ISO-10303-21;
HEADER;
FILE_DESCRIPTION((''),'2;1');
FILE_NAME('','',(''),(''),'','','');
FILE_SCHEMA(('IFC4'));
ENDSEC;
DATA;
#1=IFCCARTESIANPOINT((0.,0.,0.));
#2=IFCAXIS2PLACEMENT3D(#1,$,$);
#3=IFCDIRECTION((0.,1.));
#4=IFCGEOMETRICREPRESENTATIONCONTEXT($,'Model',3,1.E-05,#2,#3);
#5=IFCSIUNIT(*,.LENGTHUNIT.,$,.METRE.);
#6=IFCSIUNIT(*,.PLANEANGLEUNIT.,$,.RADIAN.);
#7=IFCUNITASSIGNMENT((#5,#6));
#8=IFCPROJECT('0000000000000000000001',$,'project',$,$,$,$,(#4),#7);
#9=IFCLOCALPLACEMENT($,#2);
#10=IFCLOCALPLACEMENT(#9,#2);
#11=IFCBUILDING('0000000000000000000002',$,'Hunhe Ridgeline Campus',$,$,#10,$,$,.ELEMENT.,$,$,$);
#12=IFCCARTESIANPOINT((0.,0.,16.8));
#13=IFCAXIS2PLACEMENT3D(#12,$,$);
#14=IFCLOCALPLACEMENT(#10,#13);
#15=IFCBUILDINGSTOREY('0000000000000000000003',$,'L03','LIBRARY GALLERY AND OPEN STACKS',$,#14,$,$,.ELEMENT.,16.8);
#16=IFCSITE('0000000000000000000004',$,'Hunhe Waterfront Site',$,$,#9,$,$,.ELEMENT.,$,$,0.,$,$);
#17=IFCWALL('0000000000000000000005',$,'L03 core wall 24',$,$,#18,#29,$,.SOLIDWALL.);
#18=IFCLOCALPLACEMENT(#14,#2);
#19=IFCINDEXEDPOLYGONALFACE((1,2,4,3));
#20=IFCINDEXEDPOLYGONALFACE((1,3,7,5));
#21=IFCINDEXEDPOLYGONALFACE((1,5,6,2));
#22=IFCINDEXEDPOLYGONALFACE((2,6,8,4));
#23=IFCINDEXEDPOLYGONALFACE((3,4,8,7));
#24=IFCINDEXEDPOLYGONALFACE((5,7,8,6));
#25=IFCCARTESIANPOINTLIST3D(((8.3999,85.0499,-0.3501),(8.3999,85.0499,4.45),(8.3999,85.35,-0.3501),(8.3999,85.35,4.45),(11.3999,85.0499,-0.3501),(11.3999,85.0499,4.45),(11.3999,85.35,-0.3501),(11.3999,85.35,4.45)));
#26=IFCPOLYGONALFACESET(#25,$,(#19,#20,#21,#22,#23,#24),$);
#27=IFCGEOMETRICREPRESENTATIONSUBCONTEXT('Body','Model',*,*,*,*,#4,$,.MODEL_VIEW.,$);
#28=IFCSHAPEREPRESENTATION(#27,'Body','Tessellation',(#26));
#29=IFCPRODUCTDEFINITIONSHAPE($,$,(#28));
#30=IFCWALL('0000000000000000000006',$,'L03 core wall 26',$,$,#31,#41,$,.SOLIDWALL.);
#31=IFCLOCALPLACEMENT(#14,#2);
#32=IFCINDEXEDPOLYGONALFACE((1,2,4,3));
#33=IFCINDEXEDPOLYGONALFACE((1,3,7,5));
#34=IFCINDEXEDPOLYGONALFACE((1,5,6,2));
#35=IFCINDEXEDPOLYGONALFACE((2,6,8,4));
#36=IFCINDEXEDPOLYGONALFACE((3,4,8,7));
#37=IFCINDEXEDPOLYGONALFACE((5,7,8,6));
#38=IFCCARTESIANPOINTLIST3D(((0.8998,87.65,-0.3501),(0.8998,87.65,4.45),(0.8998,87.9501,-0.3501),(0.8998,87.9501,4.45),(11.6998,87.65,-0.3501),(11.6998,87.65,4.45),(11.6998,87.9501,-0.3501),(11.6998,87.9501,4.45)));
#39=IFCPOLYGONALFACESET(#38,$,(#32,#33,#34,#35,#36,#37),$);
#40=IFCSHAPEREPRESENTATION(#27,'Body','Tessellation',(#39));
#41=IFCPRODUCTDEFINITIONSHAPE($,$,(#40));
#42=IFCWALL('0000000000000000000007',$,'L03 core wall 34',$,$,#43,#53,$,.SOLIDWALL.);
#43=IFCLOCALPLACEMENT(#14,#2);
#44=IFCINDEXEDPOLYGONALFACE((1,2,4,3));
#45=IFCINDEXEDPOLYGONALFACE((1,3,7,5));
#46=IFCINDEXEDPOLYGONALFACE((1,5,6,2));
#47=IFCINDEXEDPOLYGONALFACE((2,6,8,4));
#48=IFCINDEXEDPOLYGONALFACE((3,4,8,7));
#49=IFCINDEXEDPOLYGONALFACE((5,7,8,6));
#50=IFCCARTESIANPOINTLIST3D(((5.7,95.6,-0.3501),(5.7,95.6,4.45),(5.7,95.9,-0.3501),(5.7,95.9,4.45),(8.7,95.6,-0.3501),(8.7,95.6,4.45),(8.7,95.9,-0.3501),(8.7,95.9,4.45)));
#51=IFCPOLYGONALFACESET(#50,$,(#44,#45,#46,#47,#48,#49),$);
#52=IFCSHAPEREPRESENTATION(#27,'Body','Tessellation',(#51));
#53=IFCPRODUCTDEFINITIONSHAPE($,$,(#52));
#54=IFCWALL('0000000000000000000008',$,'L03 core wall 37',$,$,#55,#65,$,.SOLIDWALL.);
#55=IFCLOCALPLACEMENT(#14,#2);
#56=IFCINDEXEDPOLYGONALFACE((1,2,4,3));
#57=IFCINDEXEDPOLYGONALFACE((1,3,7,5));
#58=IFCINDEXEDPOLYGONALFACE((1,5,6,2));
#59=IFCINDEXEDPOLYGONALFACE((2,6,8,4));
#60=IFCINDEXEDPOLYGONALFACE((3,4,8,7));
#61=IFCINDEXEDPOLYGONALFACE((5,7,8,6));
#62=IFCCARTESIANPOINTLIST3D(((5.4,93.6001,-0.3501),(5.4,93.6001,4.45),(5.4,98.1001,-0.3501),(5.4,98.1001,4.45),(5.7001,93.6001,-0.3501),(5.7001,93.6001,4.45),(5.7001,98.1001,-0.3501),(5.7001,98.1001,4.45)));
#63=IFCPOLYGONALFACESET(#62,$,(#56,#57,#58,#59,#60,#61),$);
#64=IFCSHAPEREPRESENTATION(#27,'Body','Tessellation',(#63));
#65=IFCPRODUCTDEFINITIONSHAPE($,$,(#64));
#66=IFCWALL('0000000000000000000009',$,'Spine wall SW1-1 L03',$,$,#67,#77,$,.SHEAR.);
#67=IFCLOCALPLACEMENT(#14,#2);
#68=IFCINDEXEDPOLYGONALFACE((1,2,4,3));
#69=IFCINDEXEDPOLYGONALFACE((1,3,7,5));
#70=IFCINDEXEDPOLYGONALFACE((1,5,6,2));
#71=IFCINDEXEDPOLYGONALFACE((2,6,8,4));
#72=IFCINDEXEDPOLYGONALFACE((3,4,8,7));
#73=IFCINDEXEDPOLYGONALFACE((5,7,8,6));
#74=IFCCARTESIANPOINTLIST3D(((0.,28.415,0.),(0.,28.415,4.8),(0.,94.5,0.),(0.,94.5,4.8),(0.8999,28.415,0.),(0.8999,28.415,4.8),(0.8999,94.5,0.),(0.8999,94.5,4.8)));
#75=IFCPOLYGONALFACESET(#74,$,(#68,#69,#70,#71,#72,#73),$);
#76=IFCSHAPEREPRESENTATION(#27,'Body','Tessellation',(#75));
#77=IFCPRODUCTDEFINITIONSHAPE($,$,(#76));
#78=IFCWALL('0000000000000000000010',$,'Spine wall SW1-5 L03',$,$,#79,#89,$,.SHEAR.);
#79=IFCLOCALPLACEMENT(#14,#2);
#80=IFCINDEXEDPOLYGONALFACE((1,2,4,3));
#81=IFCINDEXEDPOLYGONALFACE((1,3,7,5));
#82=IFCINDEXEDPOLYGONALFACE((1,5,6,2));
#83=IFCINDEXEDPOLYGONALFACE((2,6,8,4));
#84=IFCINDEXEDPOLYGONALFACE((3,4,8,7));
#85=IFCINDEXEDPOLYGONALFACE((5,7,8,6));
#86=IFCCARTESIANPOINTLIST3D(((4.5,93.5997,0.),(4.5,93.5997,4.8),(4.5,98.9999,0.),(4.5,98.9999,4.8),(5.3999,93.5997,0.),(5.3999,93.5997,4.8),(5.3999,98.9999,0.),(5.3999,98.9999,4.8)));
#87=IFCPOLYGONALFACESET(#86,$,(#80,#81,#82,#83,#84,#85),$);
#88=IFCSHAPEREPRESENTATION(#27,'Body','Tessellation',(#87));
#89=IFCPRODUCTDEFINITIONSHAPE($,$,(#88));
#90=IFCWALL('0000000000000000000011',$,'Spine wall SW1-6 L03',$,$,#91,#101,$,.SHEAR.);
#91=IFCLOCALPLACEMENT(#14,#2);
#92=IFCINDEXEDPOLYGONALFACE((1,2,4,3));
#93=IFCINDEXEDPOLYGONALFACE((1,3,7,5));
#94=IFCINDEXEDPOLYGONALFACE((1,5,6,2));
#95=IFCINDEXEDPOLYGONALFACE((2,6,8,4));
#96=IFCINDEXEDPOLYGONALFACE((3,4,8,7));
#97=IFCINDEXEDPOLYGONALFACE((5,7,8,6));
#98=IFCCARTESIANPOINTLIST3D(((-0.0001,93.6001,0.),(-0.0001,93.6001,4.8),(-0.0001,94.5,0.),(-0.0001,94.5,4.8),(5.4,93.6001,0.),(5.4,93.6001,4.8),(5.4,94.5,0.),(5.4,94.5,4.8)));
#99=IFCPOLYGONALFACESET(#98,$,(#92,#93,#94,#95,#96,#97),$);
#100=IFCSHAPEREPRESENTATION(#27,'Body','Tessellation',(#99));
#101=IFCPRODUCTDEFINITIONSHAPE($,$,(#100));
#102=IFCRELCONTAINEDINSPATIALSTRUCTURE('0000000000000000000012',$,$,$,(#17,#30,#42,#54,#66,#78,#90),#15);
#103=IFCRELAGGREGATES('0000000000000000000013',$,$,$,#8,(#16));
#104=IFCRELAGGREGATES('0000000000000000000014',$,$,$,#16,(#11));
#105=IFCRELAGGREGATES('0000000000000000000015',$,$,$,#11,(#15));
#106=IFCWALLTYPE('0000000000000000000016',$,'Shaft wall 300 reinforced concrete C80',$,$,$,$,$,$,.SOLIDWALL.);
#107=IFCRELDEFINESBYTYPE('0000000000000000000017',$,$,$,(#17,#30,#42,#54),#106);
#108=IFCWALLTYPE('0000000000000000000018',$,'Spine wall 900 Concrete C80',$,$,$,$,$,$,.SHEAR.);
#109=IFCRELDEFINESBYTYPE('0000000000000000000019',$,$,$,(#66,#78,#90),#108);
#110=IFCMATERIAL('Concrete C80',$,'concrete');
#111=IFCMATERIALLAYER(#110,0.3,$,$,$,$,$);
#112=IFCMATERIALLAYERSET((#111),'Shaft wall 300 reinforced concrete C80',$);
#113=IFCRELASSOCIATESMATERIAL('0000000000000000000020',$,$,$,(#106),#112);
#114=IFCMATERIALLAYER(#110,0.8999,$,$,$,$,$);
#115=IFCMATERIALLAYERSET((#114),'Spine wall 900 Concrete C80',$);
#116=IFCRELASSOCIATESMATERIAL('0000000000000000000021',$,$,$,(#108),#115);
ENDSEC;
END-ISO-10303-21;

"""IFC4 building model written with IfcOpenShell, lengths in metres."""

from ifc_helpers import new_model, si_unit, direction, frame, frame_2d, origin, place, context, subcontext, project, spatial, rectangle, extrude, material, layer, layer_set, type_object, element, save


model = new_model("IFC4")

# Units and contexts
model_context = context("Model", 3, precision=1e-05, world=origin(), true_north=direction((0.0, 1.0)))
body_context = subcontext(model_context, "Body", "Model", "MODEL_VIEW")
ifc_project = project(units=[si_unit("LENGTHUNIT", "METRE"), si_unit("PLANEANGLEUNIT", "RADIAN")], contexts=[model_context])

# Site, building, storey
site_placement = place(None, origin())
site = spatial("IfcSite", under=ifc_project, at=site_placement, Name="Hunhe Waterfront Site", CompositionType="ELEMENT", RefElevation=0.0)
building_placement = place(site_placement, origin())
building = spatial("IfcBuilding", under=site, at=building_placement, Name="Hunhe Ridgeline Campus", CompositionType="ELEMENT")
storey_placement = place(building_placement, frame((0.0, 0.0, 16.8)))
storey = spatial("IfcBuildingStorey", under=building, at=storey_placement, Name="L03", Description="LIBRARY GALLERY AND OPEN STACKS", CompositionType="ELEMENT", Elevation=16.8)

# Shared definitions
ifc_material_1 = material(Name="Concrete C80", Category="concrete")

# Walls
ifc_layer_1 = layer(ifc_material_1, 0.3)
ifc_layer_set_1 = layer_set([ifc_layer_1], Name="Shaft wall 300 reinforced concrete C80")
wall_type_1 = type_object("IfcWallType", Name="Shaft wall 300 reinforced concrete C80", PredefinedType="SOLIDWALL", material=ifc_layer_set_1)
wall_1_placement = place(storey_placement, frame((8.3999, 85.2, -0.3501), z_axis=(0.0, 0.0, 1.0), x_axis=(1.0, 0.0, 0.0)))
element("IfcWall", 1, at=wall_1_placement, inside=storey, type_object=wall_type_1, Name="L03 core wall 24", PredefinedType="SOLIDWALL", context=body_context, shape_type="SweptSolid", body=[
    extrude(rectangle(XDim=3.0, YDim=0.3, at=frame_2d((1.5, 0.0))), origin(), (0.0, 0.0, 1.0), 4.8),
])
wall_2_placement = place(storey_placement, frame((0.8999, 87.8, -0.3501), z_axis=(0.0, 0.0, 1.0), x_axis=(1.0, 0.0, 0.0)))
element("IfcWall", 2, at=wall_2_placement, inside=storey, type_object=wall_type_1, Name="L03 core wall 26", PredefinedType="SOLIDWALL", context=body_context, shape_type="SweptSolid", body=[
    extrude(rectangle(XDim=10.8, YDim=0.3, at=frame_2d((5.3999, 0.0))), origin(), (0.0, 0.0, 1.0), 4.8),
])

# Walls
wall_3_placement = place(storey_placement, frame((5.7, 95.75, -0.3501), z_axis=(0.0, 0.0, 1.0), x_axis=(1.0, 0.0, 0.0)))
element("IfcWall", 3, at=wall_3_placement, inside=storey, type_object=wall_type_1, Name="L03 core wall 34", PredefinedType="SOLIDWALL", context=body_context, shape_type="SweptSolid", body=[
    extrude(rectangle(XDim=3.0, YDim=0.3, at=frame_2d((1.5, 0.0))), origin(), (0.0, 0.0, 1.0), 4.8),
])
wall_4_placement = place(storey_placement, frame((5.55, 93.6001, -0.3501), z_axis=(0.0, 0.0, 1.0), x_axis=(0.0, 1.0, 0.0)))
element("IfcWall", 4, at=wall_4_placement, inside=storey, type_object=wall_type_1, Name="L03 core wall 37", PredefinedType="SOLIDWALL", context=body_context, shape_type="SweptSolid", body=[
    extrude(rectangle(XDim=4.5, YDim=0.3, at=frame_2d((2.25, 0.0))), origin(), (0.0, 0.0, 1.0), 4.8),
])
ifc_layer_2 = layer(ifc_material_1, 0.8999)
ifc_layer_set_2 = layer_set([ifc_layer_2], Name="Spine wall 900 Concrete C80")
wall_type_2 = type_object("IfcWallType", Name="Spine wall 900 Concrete C80", PredefinedType="SHEAR", material=ifc_layer_set_2)
wall_5_placement = place(storey_placement, frame((0.45, 94.5, 0.0), z_axis=(0.0, 0.0, 1.0), x_axis=(0.0, -1.0, 0.0)))
element("IfcWall", 5, at=wall_5_placement, inside=storey, type_object=wall_type_2, Name="Spine wall SW1-1 L03", PredefinedType="SHEAR", context=body_context, shape_type="SweptSolid", body=[
    extrude(rectangle(XDim=66.085, YDim=0.8999, at=frame_2d((33.0425, 0.0))), origin(), (0.0, 0.0, 1.0), 4.8),
])
for number, where, z_axis, x_axis, name in (
    (6, (4.95, 99.0, 0.0), (0.0, 0.0, 1.0), (0.0, -1.0, 0.0), "Spine wall SW1-5 L03"),
    (7, (5.4001, 94.05, 0.0), (0.0, 0.0, 1.0), (-1.0, 0.0, 0.0), "Spine wall SW1-6 L03"),
):
    element("IfcWall", number, at=place(storey_placement, frame(where, z_axis=z_axis, x_axis=x_axis)), inside=storey, type_object=wall_type_2, Name=name, PredefinedType="SHEAR", context=body_context, shape_type="SweptSolid", body=[
        extrude(rectangle(XDim=5.4001, YDim=0.8999, at=frame_2d((2.7002, 0.0))), origin(), (0.0, 0.0, 1.0), 4.8),
    ])

save(model, "model.ifc")
